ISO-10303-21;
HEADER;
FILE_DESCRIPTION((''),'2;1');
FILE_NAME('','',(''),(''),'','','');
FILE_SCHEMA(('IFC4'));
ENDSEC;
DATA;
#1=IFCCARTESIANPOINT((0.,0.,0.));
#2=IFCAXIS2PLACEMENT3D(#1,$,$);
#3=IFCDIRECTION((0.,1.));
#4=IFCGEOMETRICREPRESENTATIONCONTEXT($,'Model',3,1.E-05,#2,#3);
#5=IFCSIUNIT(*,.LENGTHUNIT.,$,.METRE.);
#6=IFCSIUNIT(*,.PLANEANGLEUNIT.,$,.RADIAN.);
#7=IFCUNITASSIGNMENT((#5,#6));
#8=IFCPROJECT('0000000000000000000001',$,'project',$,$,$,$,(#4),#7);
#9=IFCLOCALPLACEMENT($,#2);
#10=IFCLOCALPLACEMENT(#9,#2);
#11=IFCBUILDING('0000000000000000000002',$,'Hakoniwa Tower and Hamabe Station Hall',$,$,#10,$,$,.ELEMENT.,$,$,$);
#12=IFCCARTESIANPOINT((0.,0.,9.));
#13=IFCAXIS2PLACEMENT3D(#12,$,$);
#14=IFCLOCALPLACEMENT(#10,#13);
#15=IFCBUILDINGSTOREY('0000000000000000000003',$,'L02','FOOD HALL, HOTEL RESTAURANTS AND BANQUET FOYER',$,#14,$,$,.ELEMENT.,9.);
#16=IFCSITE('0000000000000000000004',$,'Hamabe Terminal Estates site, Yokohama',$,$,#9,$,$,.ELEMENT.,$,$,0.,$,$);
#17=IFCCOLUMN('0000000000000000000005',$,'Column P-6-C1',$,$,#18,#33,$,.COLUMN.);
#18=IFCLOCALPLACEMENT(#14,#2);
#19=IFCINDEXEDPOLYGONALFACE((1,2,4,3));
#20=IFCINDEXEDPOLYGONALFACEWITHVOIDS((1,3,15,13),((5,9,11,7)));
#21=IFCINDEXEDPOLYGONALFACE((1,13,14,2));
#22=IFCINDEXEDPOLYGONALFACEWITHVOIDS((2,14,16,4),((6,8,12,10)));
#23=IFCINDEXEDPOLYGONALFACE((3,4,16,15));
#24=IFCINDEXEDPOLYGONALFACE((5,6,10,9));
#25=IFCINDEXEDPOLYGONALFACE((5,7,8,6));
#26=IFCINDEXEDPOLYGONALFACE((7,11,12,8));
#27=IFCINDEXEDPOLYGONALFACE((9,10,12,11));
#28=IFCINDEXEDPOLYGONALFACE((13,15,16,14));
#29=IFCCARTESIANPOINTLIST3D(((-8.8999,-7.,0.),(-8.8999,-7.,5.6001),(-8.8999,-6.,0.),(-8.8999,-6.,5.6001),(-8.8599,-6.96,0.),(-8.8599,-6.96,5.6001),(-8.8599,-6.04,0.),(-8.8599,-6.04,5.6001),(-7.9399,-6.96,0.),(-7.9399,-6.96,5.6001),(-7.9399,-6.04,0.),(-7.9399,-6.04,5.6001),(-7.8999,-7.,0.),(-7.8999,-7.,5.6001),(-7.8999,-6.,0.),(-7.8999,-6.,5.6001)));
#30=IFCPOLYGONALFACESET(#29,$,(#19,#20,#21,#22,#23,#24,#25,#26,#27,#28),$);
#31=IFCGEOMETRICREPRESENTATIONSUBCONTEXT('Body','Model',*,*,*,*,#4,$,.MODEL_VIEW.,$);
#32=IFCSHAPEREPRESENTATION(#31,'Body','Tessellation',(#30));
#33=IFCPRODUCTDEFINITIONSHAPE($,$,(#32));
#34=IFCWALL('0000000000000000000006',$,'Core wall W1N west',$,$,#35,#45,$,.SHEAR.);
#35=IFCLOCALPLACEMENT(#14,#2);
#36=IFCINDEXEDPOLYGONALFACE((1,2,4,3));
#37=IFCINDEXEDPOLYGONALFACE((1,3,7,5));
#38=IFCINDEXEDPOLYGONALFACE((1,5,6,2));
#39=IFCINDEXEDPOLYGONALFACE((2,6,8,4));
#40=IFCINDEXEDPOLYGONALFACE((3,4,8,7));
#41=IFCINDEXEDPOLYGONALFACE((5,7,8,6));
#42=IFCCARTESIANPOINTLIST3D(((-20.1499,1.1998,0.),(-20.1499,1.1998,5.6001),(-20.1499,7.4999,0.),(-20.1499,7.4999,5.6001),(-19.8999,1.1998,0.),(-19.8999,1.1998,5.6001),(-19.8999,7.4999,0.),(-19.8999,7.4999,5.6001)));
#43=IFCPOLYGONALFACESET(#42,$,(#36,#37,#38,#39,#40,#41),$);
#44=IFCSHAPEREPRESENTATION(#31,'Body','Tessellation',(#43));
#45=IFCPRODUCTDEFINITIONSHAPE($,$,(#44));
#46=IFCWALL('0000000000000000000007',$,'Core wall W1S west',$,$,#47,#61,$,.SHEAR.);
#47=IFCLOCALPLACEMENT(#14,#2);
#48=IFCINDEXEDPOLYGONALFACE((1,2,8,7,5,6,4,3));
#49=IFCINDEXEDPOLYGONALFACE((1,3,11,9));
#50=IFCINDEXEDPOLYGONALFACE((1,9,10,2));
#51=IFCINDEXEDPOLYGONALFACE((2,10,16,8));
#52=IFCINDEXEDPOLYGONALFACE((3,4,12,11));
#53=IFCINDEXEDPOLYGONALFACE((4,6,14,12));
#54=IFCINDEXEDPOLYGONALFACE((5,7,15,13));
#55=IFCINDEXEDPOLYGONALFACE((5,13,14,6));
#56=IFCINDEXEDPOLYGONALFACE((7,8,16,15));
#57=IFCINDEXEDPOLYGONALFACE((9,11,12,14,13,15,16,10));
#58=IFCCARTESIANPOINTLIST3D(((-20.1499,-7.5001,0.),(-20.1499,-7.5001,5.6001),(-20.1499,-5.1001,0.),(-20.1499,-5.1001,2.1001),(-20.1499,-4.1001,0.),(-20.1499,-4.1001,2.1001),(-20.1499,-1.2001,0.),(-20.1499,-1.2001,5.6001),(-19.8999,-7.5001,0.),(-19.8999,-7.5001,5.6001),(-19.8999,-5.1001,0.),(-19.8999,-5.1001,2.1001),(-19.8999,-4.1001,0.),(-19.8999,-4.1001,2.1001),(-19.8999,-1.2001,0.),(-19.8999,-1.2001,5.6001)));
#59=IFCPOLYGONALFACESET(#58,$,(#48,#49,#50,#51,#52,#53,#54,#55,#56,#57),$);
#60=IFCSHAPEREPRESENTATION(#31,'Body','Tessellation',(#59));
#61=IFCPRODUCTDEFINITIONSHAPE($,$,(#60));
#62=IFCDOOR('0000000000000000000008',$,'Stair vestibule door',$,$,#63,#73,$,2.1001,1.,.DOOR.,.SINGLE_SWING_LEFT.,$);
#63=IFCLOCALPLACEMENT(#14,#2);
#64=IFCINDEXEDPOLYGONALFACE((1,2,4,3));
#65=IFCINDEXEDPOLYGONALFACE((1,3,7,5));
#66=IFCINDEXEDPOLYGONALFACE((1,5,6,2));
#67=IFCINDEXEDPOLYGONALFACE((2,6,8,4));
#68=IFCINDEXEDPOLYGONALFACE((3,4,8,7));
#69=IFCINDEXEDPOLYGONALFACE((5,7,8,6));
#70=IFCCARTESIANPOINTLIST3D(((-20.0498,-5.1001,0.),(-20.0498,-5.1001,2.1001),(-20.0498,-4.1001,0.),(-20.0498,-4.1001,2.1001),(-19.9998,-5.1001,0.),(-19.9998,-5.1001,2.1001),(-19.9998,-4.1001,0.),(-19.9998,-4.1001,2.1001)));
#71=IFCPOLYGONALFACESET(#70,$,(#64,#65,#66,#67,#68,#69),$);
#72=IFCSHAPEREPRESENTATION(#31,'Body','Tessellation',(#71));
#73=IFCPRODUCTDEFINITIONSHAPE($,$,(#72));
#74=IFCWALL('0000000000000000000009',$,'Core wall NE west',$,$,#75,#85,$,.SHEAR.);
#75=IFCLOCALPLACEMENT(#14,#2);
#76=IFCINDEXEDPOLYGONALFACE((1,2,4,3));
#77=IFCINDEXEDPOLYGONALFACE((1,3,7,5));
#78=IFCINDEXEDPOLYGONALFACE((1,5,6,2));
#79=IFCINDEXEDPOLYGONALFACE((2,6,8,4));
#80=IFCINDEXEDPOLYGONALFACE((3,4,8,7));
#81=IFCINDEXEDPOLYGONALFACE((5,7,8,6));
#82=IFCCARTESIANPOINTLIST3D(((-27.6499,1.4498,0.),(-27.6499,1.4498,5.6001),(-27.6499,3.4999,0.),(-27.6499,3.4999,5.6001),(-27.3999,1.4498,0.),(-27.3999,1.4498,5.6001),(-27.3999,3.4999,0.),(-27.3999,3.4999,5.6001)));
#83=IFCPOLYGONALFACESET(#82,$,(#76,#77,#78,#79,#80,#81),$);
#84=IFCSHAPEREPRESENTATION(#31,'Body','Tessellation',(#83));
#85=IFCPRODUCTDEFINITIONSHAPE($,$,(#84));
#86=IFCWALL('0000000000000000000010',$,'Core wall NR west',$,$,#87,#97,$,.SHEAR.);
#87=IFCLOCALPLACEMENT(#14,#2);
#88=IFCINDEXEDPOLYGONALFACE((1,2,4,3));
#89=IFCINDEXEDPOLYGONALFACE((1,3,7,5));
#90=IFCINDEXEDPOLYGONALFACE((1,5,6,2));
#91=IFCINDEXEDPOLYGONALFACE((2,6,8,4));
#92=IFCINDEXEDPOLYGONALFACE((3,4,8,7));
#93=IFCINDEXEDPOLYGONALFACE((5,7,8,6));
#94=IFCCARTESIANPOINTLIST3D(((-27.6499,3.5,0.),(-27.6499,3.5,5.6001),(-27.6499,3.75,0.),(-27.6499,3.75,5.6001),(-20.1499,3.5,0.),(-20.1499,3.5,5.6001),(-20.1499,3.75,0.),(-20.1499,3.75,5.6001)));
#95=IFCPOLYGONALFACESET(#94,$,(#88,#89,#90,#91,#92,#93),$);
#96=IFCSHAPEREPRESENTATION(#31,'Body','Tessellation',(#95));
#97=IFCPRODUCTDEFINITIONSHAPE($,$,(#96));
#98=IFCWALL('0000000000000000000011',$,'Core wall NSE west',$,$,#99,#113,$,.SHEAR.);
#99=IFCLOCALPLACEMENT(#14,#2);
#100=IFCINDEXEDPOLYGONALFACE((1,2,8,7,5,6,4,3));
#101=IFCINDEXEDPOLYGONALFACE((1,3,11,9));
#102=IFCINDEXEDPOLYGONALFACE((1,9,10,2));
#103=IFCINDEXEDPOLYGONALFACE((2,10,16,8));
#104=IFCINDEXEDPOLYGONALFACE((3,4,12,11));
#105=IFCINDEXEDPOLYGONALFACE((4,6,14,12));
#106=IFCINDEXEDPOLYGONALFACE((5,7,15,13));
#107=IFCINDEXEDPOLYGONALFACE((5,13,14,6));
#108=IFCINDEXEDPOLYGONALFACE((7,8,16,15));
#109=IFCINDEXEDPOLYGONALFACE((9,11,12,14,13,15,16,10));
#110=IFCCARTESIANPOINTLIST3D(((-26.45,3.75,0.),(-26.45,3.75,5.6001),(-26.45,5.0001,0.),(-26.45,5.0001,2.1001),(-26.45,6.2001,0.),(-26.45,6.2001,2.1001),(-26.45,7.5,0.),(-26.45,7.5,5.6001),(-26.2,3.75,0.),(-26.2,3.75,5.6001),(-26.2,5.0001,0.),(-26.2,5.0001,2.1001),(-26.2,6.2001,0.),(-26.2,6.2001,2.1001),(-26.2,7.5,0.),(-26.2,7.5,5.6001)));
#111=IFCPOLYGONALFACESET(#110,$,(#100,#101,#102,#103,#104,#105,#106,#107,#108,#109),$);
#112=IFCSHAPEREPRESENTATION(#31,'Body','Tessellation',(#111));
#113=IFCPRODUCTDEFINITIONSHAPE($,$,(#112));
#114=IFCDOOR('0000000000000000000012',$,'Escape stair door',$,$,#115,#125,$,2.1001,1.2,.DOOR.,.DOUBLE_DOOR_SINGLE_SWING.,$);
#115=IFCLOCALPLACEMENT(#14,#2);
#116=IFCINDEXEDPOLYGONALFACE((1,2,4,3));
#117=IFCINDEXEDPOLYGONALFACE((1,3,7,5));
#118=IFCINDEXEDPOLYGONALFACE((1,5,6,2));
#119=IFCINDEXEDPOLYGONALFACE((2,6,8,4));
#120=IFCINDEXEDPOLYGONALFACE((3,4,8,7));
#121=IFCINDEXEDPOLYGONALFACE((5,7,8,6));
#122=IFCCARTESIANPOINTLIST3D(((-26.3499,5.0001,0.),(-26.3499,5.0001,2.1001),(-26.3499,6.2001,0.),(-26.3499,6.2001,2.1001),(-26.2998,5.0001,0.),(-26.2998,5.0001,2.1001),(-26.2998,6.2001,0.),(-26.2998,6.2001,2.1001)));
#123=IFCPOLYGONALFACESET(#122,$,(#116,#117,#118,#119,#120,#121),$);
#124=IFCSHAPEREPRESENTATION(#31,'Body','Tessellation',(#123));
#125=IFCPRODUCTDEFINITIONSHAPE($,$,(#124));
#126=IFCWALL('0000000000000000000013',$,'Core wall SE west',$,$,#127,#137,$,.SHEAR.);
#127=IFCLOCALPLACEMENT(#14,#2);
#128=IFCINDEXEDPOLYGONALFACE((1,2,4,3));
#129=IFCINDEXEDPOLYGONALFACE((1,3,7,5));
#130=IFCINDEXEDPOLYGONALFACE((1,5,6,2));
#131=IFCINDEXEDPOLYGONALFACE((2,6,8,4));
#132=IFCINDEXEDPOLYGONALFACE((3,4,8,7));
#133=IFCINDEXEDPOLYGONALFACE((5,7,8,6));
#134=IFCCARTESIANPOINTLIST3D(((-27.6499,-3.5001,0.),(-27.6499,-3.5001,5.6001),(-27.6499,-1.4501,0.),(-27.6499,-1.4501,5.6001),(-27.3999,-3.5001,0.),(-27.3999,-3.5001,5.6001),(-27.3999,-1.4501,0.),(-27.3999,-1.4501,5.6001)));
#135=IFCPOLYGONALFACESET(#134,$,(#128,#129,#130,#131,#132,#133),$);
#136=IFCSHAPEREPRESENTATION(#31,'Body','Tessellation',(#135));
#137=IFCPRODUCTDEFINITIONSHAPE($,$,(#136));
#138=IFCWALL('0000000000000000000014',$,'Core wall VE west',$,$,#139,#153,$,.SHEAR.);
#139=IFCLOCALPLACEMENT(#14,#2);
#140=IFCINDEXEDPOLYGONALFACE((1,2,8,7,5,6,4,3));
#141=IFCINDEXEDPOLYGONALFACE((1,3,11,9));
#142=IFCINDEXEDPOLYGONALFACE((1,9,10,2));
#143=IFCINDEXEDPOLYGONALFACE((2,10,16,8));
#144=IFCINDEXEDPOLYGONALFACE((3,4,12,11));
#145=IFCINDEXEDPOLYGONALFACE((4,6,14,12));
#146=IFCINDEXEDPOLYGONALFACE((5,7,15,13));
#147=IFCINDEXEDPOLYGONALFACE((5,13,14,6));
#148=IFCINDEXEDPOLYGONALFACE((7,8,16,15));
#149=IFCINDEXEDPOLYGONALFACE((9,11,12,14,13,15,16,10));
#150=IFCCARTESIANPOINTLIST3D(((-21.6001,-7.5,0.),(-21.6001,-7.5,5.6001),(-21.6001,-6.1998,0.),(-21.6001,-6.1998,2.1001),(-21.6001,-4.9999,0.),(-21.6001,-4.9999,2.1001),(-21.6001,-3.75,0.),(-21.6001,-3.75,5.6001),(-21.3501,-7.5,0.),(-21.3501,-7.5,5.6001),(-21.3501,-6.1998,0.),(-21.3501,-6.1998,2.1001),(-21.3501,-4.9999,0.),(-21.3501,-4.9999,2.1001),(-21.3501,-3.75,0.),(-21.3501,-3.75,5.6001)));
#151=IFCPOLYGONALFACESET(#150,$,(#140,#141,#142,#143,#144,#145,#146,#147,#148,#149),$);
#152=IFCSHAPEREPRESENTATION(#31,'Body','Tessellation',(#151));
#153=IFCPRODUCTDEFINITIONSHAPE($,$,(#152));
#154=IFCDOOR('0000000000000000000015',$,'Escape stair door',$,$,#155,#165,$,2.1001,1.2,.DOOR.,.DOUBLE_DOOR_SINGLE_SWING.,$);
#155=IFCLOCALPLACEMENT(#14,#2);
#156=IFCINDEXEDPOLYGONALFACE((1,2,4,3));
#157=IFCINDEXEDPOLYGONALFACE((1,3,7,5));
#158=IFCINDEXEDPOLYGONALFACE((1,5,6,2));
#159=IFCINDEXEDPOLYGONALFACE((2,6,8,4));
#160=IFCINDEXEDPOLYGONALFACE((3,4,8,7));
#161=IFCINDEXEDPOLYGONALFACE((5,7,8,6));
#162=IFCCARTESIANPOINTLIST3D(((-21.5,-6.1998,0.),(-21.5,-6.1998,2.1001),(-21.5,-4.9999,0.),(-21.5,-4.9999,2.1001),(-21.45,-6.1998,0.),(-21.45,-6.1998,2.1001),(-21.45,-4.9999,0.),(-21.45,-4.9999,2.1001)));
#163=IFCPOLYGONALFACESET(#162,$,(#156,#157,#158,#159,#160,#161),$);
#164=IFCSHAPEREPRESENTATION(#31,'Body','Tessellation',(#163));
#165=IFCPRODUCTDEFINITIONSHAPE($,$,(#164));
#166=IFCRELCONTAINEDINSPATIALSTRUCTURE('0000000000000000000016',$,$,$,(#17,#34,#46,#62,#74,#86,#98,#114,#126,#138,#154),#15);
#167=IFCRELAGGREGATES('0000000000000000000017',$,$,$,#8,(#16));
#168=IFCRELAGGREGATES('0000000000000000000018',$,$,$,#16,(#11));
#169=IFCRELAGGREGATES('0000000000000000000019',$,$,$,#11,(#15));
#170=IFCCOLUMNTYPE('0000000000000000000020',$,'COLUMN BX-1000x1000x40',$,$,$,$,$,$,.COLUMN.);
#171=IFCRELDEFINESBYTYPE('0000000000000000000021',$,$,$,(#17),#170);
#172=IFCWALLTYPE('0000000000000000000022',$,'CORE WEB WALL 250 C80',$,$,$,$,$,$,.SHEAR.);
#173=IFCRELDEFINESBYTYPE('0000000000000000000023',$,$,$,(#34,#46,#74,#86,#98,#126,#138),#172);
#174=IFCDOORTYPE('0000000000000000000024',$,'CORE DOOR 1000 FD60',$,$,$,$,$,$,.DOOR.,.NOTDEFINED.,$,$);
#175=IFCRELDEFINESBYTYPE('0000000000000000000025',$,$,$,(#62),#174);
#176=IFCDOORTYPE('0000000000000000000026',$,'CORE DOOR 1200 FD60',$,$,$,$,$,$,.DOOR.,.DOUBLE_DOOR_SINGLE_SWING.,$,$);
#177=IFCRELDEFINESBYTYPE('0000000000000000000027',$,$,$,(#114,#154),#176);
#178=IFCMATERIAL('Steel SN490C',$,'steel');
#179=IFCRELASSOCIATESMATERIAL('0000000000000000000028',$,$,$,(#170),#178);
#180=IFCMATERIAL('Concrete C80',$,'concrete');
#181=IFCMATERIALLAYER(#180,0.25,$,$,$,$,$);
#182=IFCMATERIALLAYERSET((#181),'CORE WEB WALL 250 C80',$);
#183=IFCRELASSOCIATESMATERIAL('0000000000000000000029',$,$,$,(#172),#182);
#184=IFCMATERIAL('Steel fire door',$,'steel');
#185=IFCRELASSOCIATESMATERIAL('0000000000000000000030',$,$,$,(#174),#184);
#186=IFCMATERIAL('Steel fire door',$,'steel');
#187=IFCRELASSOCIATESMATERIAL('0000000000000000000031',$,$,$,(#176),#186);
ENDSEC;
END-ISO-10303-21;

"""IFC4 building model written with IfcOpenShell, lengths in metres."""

from ifc_helpers import new_model, si_unit, direction, frame, frame_2d, origin, origin_2d, place, context, subcontext, project, spatial, rectangle, hollow_rectangle, extrude, material, layer, layer_set, material_profile, profile_set, type_object, element, fill, save


model = new_model("IFC4")

# Units and contexts
model_context = context("Model", 3, precision=1e-05, world=origin(), true_north=direction((0.0, 1.0)))
body_context = subcontext(model_context, "Body", "Model", "MODEL_VIEW")
ifc_project = project(units=[si_unit("LENGTHUNIT", "METRE"), si_unit("PLANEANGLEUNIT", "RADIAN")], contexts=[model_context])

# Site, building, storey
site_placement = place(None, origin())
site = spatial("IfcSite", under=ifc_project, at=site_placement, Name="Hamabe Terminal Estates site, Yokohama", CompositionType="ELEMENT", RefElevation=0.0)
building_placement = place(site_placement, origin())
building = spatial("IfcBuilding", under=site, at=building_placement, Name="Hakoniwa Tower and Hamabe Station Hall", CompositionType="ELEMENT")
storey_placement = place(building_placement, frame((0.0, 0.0, 9.0)))
storey = spatial("IfcBuildingStorey", under=building, at=storey_placement, Name="L02", Description="FOOD HALL, HOTEL RESTAURANTS AND BANQUET FOYER", CompositionType="ELEMENT", Elevation=9.0)

# Column
ifc_material_1 = material(Name="Steel SN490C", Category="steel")
ifc_material_profile = material_profile(ifc_material_1, hollow_rectangle(XDim=1.0, YDim=1.0, WallThickness=0.04, at=origin_2d()), Name="BX-1000x1000x40")
ifc_profile_set = profile_set([ifc_material_profile], Name="Steel SN490C")
column_type = type_object("IfcColumnType", Name="COLUMN BX-1000x1000x40", PredefinedType="COLUMN", material=ifc_profile_set)
column_placement = place(storey_placement, frame((-8.3999, -6.5, 0.0), z_axis=(0.0, 0.0, 1.0), x_axis=(1.0, 0.0, 0.0)))
element("IfcColumn", 1, at=column_placement, inside=storey, type_object=column_type, Name="Column P-6-C1", PredefinedType="COLUMN", context=body_context, shape_type="SweptSolid", body=[
    extrude(hollow_rectangle(XDim=1.0, YDim=1.0, WallThickness=0.04, at=origin_2d()), origin(), (0.0, 0.0, 1.0), 5.6001),
])

# Wall
ifc_material_2 = material(Name="Concrete C80", Category="concrete")
ifc_layer_1 = layer(ifc_material_2, 0.25)
ifc_layer_set_1 = layer_set([ifc_layer_1], Name="CORE WEB WALL 250 C80")
wall_type_1 = type_object("IfcWallType", Name="CORE WEB WALL 250 C80", PredefinedType="SHEAR", material=ifc_layer_set_1)
wall_1_placement = place(storey_placement, frame((-20.0249, 1.2, 0.0), z_axis=(0.0, 0.0, 1.0), x_axis=(0.0, 1.0, 0.0)))
element("IfcWall", 2, at=wall_1_placement, inside=storey, type_object=wall_type_1, Name="Core wall W1N west", PredefinedType="SHEAR", context=body_context, shape_type="SweptSolid", body=[
    extrude(rectangle(XDim=6.3, YDim=0.25, at=frame_2d((3.1499, 0.0))), origin(), (0.0, 0.0, 1.0), 5.6001),
])

# Wall, opening, door
wall_2_placement = place(storey_placement, frame((-20.0249, -7.5, 0.0), z_axis=(0.0, 0.0, 1.0), x_axis=(0.0, 1.0, 0.0)))
wall_2 = element("IfcWall", 3, at=wall_2_placement, inside=storey, type_object=wall_type_1, Name="Core wall W1S west", PredefinedType="SHEAR", context=body_context, shape_type="SweptSolid", body=[
    extrude(rectangle(XDim=6.3, YDim=0.25, at=frame_2d((3.1499, 0.0))), origin(), (0.0, 0.0, 1.0), 5.6001),
])
opening_1_placement = place(wall_2_placement, frame((2.3999, 0.0, 0.0)))
opening_1 = element("IfcOpeningElement", 4, at=opening_1_placement, cuts=wall_2, PredefinedType="OPENING", context=body_context, shape_type="SweptSolid", body=[
    extrude(rectangle(XDim=1.0, YDim=2.1001, at=frame_2d((0.5, 1.05))), frame((0.0, 0.135, 0.0), z_axis=(0.0, -1.0, 0.0), x_axis=(1.0, 0.0, 0.0)), (0.0, 0.0, 1.0), 0.27),
])
ifc_material_3 = material(Name="Steel fire door", Category="steel")
door_type_1 = type_object("IfcDoorType", Name="CORE DOOR 1000 FD60", OperationType="NOTDEFINED", PredefinedType="DOOR", material=ifc_material_3)
door_1_placement = place(opening_1_placement, origin())
door_1 = element("IfcDoor", 5, at=door_1_placement, inside=storey, type_object=door_type_1, Name="Stair vestibule door", OperationType="SINGLE_SWING_LEFT", OverallHeight=2.1001, OverallWidth=1.0, PredefinedType="DOOR", context=body_context, shape_type="SweptSolid", body=[
    extrude(rectangle(XDim=1.0, YDim=2.1001, at=frame_2d((0.5, 1.05))), frame((0.0, 0.0249, 0.0), z_axis=(0.0, -1.0, 0.0), x_axis=(1.0, 0.0, 0.0)), (0.0, 0.0, 1.0), 0.05),
])
fill(opening_1, door_1)

# Walls
wall_3_placement = place(storey_placement, frame((-27.5249, 1.45, 0.0), z_axis=(0.0, 0.0, 1.0), x_axis=(0.0, 1.0, 0.0)))
element("IfcWall", 6, at=wall_3_placement, inside=storey, type_object=wall_type_1, Name="Core wall NE west", PredefinedType="SHEAR", context=body_context, shape_type="SweptSolid", body=[
    extrude(rectangle(XDim=2.05, YDim=0.25, at=frame_2d((1.0249, 0.0))), origin(), (0.0, 0.0, 1.0), 5.6001),
])
wall_4_placement = place(storey_placement, frame((-27.6499, 3.625, 0.0), z_axis=(0.0, 0.0, 1.0), x_axis=(1.0, 0.0, 0.0)))
element("IfcWall", 7, at=wall_4_placement, inside=storey, type_object=wall_type_1, Name="Core wall NR west", PredefinedType="SHEAR", context=body_context, shape_type="SweptSolid", body=[
    extrude(rectangle(XDim=7.5, YDim=0.25, at=frame_2d((3.75, 0.0))), origin(), (0.0, 0.0, 1.0), 5.6001),
])

# Wall, opening, door
wall_5_placement = place(storey_placement, frame((-26.325, 3.75, 0.0), z_axis=(0.0, 0.0, 1.0), x_axis=(0.0, 1.0, 0.0)))
wall_5 = element("IfcWall", 8, at=wall_5_placement, inside=storey, type_object=wall_type_1, Name="Core wall NSE west", PredefinedType="SHEAR", context=body_context, shape_type="SweptSolid", body=[
    extrude(rectangle(XDim=3.75, YDim=0.25, at=frame_2d((1.875, 0.0))), origin(), (0.0, 0.0, 1.0), 5.6001),
])
opening_2_placement = place(wall_5_placement, frame((1.25, 0.0, 0.0)))
opening_2 = element("IfcOpeningElement", 9, at=opening_2_placement, cuts=wall_5, PredefinedType="OPENING", context=body_context, shape_type="SweptSolid", body=[
    extrude(rectangle(XDim=1.2, YDim=2.1001, at=frame_2d((0.6001, 1.05))), frame((0.0, 0.135, 0.0), z_axis=(0.0, -1.0, 0.0), x_axis=(1.0, 0.0, 0.0)), (0.0, 0.0, 1.0), 0.27),
])
ifc_material_4 = material(Name="Steel fire door", Category="steel")
door_type_2 = type_object("IfcDoorType", Name="CORE DOOR 1200 FD60", OperationType="DOUBLE_DOOR_SINGLE_SWING", PredefinedType="DOOR", material=ifc_material_4)
door_2_placement = place(opening_2_placement, origin())
door_2 = element("IfcDoor", 10, at=door_2_placement, inside=storey, type_object=door_type_2, Name="Escape stair door", OperationType="DOUBLE_DOOR_SINGLE_SWING", OverallHeight=2.1001, OverallWidth=1.2, PredefinedType="DOOR", context=body_context, shape_type="SweptSolid", body=[
    extrude(rectangle(XDim=1.2, YDim=2.1001, at=frame_2d((0.6001, 1.05))), frame((0.0, 0.0249, 0.0), z_axis=(0.0, -1.0, 0.0), x_axis=(1.0, 0.0, 0.0)), (0.0, 0.0, 1.0), 0.05),
])
fill(opening_2, door_2)

# Wall
wall_6_placement = place(storey_placement, frame((-27.5249, -3.5, 0.0), z_axis=(0.0, 0.0, 1.0), x_axis=(0.0, 1.0, 0.0)))
element("IfcWall", 11, at=wall_6_placement, inside=storey, type_object=wall_type_1, Name="Core wall SE west", PredefinedType="SHEAR", context=body_context, shape_type="SweptSolid", body=[
    extrude(rectangle(XDim=2.05, YDim=0.25, at=frame_2d((1.0249, 0.0))), origin(), (0.0, 0.0, 1.0), 5.6001),
])

# Wall, opening, door
wall_7_placement = place(storey_placement, frame((-21.4751, -7.5, 0.0), z_axis=(0.0, 0.0, 1.0), x_axis=(0.0, 1.0, 0.0)))
wall_7 = element("IfcWall", 12, at=wall_7_placement, inside=storey, type_object=wall_type_1, Name="Core wall VE west", PredefinedType="SHEAR", context=body_context, shape_type="SweptSolid", body=[
    extrude(rectangle(XDim=3.75, YDim=0.25, at=frame_2d((1.875, 0.0))), origin(), (0.0, 0.0, 1.0), 5.6001),
])
opening_3_placement = place(wall_7_placement, frame((1.3, 0.0, 0.0)))
opening_3 = element("IfcOpeningElement", 13, at=opening_3_placement, cuts=wall_7, PredefinedType="OPENING", context=body_context, shape_type="SweptSolid", body=[
    extrude(rectangle(XDim=1.2, YDim=2.1001, at=frame_2d((0.6001, 1.05))), frame((0.0, 0.135, 0.0), z_axis=(0.0, -1.0, 0.0), x_axis=(1.0, 0.0, 0.0)), (0.0, 0.0, 1.0), 0.27),
])
door_3_placement = place(opening_3_placement, origin())
door_3 = element("IfcDoor", 14, at=door_3_placement, inside=storey, type_object=door_type_2, Name="Escape stair door", OperationType="DOUBLE_DOOR_SINGLE_SWING", OverallHeight=2.1001, OverallWidth=1.2, PredefinedType="DOOR", context=body_context, shape_type="SweptSolid", body=[
    extrude(rectangle(XDim=1.2, YDim=2.1001, at=frame_2d((0.6001, 1.05))), frame((0.0, 0.0249, 0.0), z_axis=(0.0, -1.0, 0.0), x_axis=(1.0, 0.0, 0.0)), (0.0, 0.0, 1.0), 0.05),
])
fill(opening_3, door_3)

save(model, "model.ifc")
